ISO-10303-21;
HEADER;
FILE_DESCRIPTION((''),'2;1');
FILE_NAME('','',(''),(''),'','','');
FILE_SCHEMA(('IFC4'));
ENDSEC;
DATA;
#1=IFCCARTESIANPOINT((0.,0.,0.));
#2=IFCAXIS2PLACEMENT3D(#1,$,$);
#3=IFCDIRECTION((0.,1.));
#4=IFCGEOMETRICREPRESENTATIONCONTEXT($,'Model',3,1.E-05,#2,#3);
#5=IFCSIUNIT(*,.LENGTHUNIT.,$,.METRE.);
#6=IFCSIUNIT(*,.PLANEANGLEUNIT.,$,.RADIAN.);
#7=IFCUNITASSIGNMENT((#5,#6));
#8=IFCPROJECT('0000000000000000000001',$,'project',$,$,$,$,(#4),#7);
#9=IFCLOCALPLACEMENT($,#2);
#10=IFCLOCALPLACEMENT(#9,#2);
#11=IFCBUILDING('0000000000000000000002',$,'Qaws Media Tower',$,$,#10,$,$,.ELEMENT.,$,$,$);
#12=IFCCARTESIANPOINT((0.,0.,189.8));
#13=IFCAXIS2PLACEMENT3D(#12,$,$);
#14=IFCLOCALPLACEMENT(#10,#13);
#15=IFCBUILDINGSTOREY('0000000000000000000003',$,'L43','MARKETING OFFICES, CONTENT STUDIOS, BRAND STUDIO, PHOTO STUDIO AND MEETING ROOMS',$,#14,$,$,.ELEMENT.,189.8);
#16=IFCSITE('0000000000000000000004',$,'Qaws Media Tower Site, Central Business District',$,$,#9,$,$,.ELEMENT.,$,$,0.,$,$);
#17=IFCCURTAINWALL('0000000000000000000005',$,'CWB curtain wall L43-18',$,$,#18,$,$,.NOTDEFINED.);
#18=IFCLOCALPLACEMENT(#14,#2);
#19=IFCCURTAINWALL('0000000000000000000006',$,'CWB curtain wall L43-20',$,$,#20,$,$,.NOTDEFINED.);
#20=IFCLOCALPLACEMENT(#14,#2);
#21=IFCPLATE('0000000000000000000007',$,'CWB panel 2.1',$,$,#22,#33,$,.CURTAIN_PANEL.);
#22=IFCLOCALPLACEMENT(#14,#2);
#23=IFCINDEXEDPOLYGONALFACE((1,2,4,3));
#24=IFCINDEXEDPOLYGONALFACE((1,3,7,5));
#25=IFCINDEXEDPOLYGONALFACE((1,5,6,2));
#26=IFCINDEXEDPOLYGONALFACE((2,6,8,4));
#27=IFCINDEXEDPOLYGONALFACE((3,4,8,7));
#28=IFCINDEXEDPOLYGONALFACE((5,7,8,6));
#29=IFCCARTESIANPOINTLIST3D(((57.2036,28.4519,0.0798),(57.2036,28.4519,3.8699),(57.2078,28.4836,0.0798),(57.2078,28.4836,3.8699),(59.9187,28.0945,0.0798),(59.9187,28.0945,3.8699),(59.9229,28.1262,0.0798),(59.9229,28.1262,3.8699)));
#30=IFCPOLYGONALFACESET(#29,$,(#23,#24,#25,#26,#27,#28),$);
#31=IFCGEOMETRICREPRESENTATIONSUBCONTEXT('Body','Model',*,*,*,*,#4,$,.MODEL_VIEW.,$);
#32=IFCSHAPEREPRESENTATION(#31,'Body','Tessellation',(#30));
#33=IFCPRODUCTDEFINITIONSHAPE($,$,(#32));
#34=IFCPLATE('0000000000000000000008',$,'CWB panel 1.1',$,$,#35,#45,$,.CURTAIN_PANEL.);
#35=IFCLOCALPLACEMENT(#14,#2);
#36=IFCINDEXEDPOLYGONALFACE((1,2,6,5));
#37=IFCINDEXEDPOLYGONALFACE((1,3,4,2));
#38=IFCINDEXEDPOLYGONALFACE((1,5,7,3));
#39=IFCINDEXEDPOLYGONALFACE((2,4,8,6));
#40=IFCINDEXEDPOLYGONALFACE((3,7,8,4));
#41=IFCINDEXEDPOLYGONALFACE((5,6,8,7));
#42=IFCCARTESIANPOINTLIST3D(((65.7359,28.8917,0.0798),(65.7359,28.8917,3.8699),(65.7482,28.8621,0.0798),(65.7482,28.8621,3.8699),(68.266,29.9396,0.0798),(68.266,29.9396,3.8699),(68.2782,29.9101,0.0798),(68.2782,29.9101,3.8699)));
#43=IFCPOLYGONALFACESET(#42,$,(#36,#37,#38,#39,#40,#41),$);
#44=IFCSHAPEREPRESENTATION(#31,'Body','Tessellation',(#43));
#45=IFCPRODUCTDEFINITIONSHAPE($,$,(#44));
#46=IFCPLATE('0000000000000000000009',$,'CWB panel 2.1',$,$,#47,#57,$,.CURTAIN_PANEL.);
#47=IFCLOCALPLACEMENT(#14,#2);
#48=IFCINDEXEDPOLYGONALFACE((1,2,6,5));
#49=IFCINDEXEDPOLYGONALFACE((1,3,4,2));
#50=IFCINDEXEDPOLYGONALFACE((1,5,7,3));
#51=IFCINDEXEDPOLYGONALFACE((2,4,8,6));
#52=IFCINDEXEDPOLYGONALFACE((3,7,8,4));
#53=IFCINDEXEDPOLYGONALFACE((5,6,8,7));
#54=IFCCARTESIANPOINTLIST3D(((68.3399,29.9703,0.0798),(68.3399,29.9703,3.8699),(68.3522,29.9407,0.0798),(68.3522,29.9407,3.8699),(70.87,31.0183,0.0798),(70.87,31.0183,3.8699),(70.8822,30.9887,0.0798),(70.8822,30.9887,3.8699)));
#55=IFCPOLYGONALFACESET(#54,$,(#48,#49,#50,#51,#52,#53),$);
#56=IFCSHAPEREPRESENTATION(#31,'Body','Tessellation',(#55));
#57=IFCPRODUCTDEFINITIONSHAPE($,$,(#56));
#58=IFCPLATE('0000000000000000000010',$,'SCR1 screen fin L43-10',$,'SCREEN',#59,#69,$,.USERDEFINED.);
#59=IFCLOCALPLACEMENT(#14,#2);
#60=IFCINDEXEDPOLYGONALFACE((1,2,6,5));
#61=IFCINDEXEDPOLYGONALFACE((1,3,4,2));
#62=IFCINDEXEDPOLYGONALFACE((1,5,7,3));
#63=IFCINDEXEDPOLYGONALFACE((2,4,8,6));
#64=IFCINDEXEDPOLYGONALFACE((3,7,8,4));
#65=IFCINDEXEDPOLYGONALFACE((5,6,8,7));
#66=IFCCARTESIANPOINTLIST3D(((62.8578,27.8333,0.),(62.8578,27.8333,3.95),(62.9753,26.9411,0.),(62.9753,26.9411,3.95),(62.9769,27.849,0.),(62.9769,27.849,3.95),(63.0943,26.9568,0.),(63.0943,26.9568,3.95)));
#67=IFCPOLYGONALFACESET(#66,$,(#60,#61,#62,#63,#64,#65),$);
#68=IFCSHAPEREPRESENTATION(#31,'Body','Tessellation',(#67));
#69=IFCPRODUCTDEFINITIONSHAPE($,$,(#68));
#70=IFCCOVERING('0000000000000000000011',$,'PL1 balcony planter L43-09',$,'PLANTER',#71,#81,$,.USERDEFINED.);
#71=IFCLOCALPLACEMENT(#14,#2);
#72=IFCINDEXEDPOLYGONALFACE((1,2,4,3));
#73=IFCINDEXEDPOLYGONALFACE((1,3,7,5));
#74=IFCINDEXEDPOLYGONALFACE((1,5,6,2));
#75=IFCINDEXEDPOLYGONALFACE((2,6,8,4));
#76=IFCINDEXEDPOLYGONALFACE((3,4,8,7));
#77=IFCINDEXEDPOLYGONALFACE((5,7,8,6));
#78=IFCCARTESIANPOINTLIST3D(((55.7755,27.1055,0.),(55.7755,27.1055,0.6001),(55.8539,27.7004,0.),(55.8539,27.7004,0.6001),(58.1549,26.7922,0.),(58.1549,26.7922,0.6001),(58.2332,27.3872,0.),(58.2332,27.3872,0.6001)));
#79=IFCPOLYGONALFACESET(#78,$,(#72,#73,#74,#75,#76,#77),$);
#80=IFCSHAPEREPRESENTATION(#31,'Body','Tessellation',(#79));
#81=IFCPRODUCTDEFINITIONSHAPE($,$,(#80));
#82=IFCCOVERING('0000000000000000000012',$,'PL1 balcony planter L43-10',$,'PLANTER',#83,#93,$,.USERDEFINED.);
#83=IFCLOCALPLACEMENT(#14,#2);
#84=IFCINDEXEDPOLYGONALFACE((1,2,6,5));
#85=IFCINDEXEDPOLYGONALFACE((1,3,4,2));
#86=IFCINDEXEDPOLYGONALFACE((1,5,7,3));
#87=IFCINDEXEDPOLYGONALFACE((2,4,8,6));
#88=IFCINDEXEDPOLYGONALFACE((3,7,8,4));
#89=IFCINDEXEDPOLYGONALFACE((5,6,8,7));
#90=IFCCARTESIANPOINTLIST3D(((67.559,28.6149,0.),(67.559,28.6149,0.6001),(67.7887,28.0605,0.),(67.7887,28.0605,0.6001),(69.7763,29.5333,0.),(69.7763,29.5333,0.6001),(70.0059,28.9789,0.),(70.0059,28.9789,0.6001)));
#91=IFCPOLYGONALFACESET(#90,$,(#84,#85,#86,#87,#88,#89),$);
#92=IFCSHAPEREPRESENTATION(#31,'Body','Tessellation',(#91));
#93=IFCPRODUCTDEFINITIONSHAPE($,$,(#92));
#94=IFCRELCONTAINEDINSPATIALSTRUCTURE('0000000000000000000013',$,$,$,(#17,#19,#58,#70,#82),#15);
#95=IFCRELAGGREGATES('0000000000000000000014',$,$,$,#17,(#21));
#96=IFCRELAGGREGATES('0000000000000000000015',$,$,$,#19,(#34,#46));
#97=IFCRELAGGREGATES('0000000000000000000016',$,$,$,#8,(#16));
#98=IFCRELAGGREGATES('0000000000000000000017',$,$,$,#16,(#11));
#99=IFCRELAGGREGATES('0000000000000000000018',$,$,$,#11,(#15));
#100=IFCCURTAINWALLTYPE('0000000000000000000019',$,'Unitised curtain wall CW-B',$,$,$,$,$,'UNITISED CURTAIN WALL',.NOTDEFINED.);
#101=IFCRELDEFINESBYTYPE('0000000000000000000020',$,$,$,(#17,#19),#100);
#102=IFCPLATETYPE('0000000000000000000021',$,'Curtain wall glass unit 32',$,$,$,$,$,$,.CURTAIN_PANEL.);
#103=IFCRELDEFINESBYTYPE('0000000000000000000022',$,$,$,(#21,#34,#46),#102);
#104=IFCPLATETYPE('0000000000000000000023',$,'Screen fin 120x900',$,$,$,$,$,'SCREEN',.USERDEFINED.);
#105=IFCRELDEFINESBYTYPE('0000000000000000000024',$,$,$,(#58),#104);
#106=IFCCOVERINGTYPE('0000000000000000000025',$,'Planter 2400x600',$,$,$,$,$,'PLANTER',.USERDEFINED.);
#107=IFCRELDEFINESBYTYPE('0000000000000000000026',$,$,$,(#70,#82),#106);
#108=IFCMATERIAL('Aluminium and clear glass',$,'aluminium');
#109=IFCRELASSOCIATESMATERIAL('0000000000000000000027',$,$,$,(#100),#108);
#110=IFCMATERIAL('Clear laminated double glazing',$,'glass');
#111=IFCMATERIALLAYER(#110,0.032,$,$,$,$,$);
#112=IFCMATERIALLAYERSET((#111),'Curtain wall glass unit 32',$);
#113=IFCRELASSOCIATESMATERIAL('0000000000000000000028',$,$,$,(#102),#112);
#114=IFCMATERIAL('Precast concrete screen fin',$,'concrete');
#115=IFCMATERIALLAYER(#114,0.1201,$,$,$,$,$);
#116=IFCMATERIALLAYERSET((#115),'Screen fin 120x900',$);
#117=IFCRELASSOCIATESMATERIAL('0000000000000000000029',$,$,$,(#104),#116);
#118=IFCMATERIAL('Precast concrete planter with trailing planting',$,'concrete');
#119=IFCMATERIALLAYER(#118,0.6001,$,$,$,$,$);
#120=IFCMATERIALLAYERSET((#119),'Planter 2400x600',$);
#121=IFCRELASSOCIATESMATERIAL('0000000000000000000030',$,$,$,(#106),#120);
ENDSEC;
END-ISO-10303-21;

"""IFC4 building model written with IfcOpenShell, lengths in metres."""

from ifc_helpers import new_model, si_unit, direction, frame, origin, origin_2d, place, context, subcontext, project, spatial, rectangle, extrude, material, layer, layer_set, type_object, element, aggregate, save


model = new_model("IFC4")

# Units and contexts
model_context = context("Model", 3, precision=1e-05, world=origin(), true_north=direction((0.0, 1.0)))
body_context = subcontext(model_context, "Body", "Model", "MODEL_VIEW")
ifc_project = project(units=[si_unit("LENGTHUNIT", "METRE"), si_unit("PLANEANGLEUNIT", "RADIAN")], contexts=[model_context])

# Site, building, storey
site_placement = place(None, origin())
site = spatial("IfcSite", under=ifc_project, at=site_placement, Name="Qaws Media Tower Site, Central Business District", CompositionType="ELEMENT", RefElevation=0.0)
building_placement = place(site_placement, origin())
building = spatial("IfcBuilding", under=site, at=building_placement, Name="Qaws Media Tower", CompositionType="ELEMENT")
storey_placement = place(building_placement, frame((0.0, 0.0, 189.8)))
storey = spatial("IfcBuildingStorey", under=building, at=storey_placement, Name="L43", Description="MARKETING OFFICES, CONTENT STUDIOS, BRAND STUDIO, PHOTO STUDIO AND MEETING ROOMS", CompositionType="ELEMENT", Elevation=189.8)

# Curtain walls
ifc_material_1 = material(Name="Aluminium and clear glass", Category="aluminium")
curtain_wall_type = type_object("IfcCurtainWallType", Name="Unitised curtain wall CW-B", ElementType="UNITISED CURTAIN WALL", PredefinedType="NOTDEFINED", material=ifc_material_1)
curtain_wall_1_placement = place(storey_placement, origin())
curtain_wall_1 = element("IfcCurtainWall", 1, at=curtain_wall_1_placement, inside=storey, type_object=curtain_wall_type, Name="CWB curtain wall L43-18", PredefinedType="NOTDEFINED")
curtain_wall_2_placement = place(storey_placement, origin())
curtain_wall_2 = element("IfcCurtainWall", 2, at=curtain_wall_2_placement, inside=storey, type_object=curtain_wall_type, Name="CWB curtain wall L43-20", PredefinedType="NOTDEFINED")

# Plates
ifc_material_2 = material(Name="Clear laminated double glazing", Category="glass")
ifc_layer_1 = layer(ifc_material_2, 0.032)
ifc_layer_set_1 = layer_set([ifc_layer_1], Name="Curtain wall glass unit 32")
plate_type_1 = type_object("IfcPlateType", Name="Curtain wall glass unit 32", PredefinedType="CURTAIN_PANEL", material=ifc_layer_set_1)
plate_1_placement = place(storey_placement, frame((58.5632, 28.2891, 0.0798), z_axis=(0.0, 0.0, 1.0), x_axis=(0.991445, -0.130526, 0.0)))
plate_1 = element("IfcPlate", 3, at=plate_1_placement, type_object=plate_type_1, Name="CWB panel 2.1", PredefinedType="CURTAIN_PANEL", context=body_context, shape_type="SweptSolid", body=[
    extrude(rectangle(XDim=2.7385, YDim=0.032, at=origin_2d()), origin(), (0.0, 0.0, 1.0), 3.79),
])
aggregate(curtain_wall_1, [plate_1])
plate_2_placement = place(storey_placement, frame((67.0071, 29.4009, 0.0798), z_axis=(0.0, 0.0, 1.0), x_axis=(0.923879, 0.382684, 0.0)))
plate_2 = element("IfcPlate", 4, at=plate_2_placement, type_object=plate_type_1, Name="CWB panel 1.1", PredefinedType="CURTAIN_PANEL", context=body_context, shape_type="SweptSolid", body=[
    extrude(rectangle(XDim=2.7385, YDim=0.032, at=origin_2d()), origin(), (0.0, 0.0, 1.0), 3.79),
])
plate_3_placement = place(storey_placement, frame((69.6111, 30.4795, 0.0798), z_axis=(0.0, 0.0, 1.0), x_axis=(0.923879, 0.382684, 0.0)))
plate_3 = element("IfcPlate", 5, at=plate_3_placement, type_object=plate_type_1, Name="CWB panel 2.1", PredefinedType="CURTAIN_PANEL", context=body_context, shape_type="SweptSolid", body=[
    extrude(rectangle(XDim=2.7385, YDim=0.032, at=origin_2d()), origin(), (0.0, 0.0, 1.0), 3.79),
])
aggregate(curtain_wall_2, [plate_2, plate_3])
ifc_material_3 = material(Name="Precast concrete screen fin", Category="concrete")
ifc_layer_2 = layer(ifc_material_3, 0.1201)
ifc_layer_set_2 = layer_set([ifc_layer_2], Name="Screen fin 120x900")
plate_type_2 = type_object("IfcPlateType", Name="Screen fin 120x900", ElementType="SCREEN", PredefinedType="USERDEFINED", material=ifc_layer_set_2)
plate_4_placement = place(storey_placement, frame((62.9761, 27.395, 0.0), z_axis=(0.0, 0.0, 1.0), x_axis=(0.130526, -0.991445, 0.0)))
element("IfcPlate", 6, at=plate_4_placement, inside=storey, type_object=plate_type_2, Name="SCR1 screen fin L43-10", ObjectType="SCREEN", PredefinedType="USERDEFINED", context=body_context, shape_type="SweptSolid", body=[
    extrude(rectangle(XDim=0.8999, YDim=0.1201, at=origin_2d()), origin(), (0.0, 0.0, 1.0), 3.95),
])

# Coverings
ifc_material_4 = material(Name="Precast concrete planter with trailing planting", Category="concrete")
ifc_layer_3 = layer(ifc_material_4, 0.6001)
ifc_layer_set_3 = layer_set([ifc_layer_3], Name="Planter 2400x600")
covering_type = type_object("IfcCoveringType", Name="Planter 2400x600", ElementType="PLANTER", PredefinedType="USERDEFINED", material=ifc_layer_set_3)
for number, where, z_axis, x_axis, name in (
    (7, (57.0044, 27.2463, 0.0), (0.0, 0.0, 1.0), (0.991445, -0.130526, 0.0), "PL1 balcony planter L43-09"),
    (8, (68.7825, 28.7969, 0.0), (0.0, 0.0, 1.0), (0.92388, 0.382683, 0.0), "PL1 balcony planter L43-10"),
):
    element("IfcCovering", number, at=place(storey_placement, frame(where, z_axis=z_axis, x_axis=x_axis)), inside=storey, type_object=covering_type, Name=name, ObjectType="PLANTER", PredefinedType="USERDEFINED", context=body_context, shape_type="SweptSolid", body=[
        extrude(rectangle(XDim=2.3999, YDim=0.6001, at=origin_2d()), origin(), (0.0, 0.0, 1.0), 0.6001),
    ])

save(model, "model.ifc")
